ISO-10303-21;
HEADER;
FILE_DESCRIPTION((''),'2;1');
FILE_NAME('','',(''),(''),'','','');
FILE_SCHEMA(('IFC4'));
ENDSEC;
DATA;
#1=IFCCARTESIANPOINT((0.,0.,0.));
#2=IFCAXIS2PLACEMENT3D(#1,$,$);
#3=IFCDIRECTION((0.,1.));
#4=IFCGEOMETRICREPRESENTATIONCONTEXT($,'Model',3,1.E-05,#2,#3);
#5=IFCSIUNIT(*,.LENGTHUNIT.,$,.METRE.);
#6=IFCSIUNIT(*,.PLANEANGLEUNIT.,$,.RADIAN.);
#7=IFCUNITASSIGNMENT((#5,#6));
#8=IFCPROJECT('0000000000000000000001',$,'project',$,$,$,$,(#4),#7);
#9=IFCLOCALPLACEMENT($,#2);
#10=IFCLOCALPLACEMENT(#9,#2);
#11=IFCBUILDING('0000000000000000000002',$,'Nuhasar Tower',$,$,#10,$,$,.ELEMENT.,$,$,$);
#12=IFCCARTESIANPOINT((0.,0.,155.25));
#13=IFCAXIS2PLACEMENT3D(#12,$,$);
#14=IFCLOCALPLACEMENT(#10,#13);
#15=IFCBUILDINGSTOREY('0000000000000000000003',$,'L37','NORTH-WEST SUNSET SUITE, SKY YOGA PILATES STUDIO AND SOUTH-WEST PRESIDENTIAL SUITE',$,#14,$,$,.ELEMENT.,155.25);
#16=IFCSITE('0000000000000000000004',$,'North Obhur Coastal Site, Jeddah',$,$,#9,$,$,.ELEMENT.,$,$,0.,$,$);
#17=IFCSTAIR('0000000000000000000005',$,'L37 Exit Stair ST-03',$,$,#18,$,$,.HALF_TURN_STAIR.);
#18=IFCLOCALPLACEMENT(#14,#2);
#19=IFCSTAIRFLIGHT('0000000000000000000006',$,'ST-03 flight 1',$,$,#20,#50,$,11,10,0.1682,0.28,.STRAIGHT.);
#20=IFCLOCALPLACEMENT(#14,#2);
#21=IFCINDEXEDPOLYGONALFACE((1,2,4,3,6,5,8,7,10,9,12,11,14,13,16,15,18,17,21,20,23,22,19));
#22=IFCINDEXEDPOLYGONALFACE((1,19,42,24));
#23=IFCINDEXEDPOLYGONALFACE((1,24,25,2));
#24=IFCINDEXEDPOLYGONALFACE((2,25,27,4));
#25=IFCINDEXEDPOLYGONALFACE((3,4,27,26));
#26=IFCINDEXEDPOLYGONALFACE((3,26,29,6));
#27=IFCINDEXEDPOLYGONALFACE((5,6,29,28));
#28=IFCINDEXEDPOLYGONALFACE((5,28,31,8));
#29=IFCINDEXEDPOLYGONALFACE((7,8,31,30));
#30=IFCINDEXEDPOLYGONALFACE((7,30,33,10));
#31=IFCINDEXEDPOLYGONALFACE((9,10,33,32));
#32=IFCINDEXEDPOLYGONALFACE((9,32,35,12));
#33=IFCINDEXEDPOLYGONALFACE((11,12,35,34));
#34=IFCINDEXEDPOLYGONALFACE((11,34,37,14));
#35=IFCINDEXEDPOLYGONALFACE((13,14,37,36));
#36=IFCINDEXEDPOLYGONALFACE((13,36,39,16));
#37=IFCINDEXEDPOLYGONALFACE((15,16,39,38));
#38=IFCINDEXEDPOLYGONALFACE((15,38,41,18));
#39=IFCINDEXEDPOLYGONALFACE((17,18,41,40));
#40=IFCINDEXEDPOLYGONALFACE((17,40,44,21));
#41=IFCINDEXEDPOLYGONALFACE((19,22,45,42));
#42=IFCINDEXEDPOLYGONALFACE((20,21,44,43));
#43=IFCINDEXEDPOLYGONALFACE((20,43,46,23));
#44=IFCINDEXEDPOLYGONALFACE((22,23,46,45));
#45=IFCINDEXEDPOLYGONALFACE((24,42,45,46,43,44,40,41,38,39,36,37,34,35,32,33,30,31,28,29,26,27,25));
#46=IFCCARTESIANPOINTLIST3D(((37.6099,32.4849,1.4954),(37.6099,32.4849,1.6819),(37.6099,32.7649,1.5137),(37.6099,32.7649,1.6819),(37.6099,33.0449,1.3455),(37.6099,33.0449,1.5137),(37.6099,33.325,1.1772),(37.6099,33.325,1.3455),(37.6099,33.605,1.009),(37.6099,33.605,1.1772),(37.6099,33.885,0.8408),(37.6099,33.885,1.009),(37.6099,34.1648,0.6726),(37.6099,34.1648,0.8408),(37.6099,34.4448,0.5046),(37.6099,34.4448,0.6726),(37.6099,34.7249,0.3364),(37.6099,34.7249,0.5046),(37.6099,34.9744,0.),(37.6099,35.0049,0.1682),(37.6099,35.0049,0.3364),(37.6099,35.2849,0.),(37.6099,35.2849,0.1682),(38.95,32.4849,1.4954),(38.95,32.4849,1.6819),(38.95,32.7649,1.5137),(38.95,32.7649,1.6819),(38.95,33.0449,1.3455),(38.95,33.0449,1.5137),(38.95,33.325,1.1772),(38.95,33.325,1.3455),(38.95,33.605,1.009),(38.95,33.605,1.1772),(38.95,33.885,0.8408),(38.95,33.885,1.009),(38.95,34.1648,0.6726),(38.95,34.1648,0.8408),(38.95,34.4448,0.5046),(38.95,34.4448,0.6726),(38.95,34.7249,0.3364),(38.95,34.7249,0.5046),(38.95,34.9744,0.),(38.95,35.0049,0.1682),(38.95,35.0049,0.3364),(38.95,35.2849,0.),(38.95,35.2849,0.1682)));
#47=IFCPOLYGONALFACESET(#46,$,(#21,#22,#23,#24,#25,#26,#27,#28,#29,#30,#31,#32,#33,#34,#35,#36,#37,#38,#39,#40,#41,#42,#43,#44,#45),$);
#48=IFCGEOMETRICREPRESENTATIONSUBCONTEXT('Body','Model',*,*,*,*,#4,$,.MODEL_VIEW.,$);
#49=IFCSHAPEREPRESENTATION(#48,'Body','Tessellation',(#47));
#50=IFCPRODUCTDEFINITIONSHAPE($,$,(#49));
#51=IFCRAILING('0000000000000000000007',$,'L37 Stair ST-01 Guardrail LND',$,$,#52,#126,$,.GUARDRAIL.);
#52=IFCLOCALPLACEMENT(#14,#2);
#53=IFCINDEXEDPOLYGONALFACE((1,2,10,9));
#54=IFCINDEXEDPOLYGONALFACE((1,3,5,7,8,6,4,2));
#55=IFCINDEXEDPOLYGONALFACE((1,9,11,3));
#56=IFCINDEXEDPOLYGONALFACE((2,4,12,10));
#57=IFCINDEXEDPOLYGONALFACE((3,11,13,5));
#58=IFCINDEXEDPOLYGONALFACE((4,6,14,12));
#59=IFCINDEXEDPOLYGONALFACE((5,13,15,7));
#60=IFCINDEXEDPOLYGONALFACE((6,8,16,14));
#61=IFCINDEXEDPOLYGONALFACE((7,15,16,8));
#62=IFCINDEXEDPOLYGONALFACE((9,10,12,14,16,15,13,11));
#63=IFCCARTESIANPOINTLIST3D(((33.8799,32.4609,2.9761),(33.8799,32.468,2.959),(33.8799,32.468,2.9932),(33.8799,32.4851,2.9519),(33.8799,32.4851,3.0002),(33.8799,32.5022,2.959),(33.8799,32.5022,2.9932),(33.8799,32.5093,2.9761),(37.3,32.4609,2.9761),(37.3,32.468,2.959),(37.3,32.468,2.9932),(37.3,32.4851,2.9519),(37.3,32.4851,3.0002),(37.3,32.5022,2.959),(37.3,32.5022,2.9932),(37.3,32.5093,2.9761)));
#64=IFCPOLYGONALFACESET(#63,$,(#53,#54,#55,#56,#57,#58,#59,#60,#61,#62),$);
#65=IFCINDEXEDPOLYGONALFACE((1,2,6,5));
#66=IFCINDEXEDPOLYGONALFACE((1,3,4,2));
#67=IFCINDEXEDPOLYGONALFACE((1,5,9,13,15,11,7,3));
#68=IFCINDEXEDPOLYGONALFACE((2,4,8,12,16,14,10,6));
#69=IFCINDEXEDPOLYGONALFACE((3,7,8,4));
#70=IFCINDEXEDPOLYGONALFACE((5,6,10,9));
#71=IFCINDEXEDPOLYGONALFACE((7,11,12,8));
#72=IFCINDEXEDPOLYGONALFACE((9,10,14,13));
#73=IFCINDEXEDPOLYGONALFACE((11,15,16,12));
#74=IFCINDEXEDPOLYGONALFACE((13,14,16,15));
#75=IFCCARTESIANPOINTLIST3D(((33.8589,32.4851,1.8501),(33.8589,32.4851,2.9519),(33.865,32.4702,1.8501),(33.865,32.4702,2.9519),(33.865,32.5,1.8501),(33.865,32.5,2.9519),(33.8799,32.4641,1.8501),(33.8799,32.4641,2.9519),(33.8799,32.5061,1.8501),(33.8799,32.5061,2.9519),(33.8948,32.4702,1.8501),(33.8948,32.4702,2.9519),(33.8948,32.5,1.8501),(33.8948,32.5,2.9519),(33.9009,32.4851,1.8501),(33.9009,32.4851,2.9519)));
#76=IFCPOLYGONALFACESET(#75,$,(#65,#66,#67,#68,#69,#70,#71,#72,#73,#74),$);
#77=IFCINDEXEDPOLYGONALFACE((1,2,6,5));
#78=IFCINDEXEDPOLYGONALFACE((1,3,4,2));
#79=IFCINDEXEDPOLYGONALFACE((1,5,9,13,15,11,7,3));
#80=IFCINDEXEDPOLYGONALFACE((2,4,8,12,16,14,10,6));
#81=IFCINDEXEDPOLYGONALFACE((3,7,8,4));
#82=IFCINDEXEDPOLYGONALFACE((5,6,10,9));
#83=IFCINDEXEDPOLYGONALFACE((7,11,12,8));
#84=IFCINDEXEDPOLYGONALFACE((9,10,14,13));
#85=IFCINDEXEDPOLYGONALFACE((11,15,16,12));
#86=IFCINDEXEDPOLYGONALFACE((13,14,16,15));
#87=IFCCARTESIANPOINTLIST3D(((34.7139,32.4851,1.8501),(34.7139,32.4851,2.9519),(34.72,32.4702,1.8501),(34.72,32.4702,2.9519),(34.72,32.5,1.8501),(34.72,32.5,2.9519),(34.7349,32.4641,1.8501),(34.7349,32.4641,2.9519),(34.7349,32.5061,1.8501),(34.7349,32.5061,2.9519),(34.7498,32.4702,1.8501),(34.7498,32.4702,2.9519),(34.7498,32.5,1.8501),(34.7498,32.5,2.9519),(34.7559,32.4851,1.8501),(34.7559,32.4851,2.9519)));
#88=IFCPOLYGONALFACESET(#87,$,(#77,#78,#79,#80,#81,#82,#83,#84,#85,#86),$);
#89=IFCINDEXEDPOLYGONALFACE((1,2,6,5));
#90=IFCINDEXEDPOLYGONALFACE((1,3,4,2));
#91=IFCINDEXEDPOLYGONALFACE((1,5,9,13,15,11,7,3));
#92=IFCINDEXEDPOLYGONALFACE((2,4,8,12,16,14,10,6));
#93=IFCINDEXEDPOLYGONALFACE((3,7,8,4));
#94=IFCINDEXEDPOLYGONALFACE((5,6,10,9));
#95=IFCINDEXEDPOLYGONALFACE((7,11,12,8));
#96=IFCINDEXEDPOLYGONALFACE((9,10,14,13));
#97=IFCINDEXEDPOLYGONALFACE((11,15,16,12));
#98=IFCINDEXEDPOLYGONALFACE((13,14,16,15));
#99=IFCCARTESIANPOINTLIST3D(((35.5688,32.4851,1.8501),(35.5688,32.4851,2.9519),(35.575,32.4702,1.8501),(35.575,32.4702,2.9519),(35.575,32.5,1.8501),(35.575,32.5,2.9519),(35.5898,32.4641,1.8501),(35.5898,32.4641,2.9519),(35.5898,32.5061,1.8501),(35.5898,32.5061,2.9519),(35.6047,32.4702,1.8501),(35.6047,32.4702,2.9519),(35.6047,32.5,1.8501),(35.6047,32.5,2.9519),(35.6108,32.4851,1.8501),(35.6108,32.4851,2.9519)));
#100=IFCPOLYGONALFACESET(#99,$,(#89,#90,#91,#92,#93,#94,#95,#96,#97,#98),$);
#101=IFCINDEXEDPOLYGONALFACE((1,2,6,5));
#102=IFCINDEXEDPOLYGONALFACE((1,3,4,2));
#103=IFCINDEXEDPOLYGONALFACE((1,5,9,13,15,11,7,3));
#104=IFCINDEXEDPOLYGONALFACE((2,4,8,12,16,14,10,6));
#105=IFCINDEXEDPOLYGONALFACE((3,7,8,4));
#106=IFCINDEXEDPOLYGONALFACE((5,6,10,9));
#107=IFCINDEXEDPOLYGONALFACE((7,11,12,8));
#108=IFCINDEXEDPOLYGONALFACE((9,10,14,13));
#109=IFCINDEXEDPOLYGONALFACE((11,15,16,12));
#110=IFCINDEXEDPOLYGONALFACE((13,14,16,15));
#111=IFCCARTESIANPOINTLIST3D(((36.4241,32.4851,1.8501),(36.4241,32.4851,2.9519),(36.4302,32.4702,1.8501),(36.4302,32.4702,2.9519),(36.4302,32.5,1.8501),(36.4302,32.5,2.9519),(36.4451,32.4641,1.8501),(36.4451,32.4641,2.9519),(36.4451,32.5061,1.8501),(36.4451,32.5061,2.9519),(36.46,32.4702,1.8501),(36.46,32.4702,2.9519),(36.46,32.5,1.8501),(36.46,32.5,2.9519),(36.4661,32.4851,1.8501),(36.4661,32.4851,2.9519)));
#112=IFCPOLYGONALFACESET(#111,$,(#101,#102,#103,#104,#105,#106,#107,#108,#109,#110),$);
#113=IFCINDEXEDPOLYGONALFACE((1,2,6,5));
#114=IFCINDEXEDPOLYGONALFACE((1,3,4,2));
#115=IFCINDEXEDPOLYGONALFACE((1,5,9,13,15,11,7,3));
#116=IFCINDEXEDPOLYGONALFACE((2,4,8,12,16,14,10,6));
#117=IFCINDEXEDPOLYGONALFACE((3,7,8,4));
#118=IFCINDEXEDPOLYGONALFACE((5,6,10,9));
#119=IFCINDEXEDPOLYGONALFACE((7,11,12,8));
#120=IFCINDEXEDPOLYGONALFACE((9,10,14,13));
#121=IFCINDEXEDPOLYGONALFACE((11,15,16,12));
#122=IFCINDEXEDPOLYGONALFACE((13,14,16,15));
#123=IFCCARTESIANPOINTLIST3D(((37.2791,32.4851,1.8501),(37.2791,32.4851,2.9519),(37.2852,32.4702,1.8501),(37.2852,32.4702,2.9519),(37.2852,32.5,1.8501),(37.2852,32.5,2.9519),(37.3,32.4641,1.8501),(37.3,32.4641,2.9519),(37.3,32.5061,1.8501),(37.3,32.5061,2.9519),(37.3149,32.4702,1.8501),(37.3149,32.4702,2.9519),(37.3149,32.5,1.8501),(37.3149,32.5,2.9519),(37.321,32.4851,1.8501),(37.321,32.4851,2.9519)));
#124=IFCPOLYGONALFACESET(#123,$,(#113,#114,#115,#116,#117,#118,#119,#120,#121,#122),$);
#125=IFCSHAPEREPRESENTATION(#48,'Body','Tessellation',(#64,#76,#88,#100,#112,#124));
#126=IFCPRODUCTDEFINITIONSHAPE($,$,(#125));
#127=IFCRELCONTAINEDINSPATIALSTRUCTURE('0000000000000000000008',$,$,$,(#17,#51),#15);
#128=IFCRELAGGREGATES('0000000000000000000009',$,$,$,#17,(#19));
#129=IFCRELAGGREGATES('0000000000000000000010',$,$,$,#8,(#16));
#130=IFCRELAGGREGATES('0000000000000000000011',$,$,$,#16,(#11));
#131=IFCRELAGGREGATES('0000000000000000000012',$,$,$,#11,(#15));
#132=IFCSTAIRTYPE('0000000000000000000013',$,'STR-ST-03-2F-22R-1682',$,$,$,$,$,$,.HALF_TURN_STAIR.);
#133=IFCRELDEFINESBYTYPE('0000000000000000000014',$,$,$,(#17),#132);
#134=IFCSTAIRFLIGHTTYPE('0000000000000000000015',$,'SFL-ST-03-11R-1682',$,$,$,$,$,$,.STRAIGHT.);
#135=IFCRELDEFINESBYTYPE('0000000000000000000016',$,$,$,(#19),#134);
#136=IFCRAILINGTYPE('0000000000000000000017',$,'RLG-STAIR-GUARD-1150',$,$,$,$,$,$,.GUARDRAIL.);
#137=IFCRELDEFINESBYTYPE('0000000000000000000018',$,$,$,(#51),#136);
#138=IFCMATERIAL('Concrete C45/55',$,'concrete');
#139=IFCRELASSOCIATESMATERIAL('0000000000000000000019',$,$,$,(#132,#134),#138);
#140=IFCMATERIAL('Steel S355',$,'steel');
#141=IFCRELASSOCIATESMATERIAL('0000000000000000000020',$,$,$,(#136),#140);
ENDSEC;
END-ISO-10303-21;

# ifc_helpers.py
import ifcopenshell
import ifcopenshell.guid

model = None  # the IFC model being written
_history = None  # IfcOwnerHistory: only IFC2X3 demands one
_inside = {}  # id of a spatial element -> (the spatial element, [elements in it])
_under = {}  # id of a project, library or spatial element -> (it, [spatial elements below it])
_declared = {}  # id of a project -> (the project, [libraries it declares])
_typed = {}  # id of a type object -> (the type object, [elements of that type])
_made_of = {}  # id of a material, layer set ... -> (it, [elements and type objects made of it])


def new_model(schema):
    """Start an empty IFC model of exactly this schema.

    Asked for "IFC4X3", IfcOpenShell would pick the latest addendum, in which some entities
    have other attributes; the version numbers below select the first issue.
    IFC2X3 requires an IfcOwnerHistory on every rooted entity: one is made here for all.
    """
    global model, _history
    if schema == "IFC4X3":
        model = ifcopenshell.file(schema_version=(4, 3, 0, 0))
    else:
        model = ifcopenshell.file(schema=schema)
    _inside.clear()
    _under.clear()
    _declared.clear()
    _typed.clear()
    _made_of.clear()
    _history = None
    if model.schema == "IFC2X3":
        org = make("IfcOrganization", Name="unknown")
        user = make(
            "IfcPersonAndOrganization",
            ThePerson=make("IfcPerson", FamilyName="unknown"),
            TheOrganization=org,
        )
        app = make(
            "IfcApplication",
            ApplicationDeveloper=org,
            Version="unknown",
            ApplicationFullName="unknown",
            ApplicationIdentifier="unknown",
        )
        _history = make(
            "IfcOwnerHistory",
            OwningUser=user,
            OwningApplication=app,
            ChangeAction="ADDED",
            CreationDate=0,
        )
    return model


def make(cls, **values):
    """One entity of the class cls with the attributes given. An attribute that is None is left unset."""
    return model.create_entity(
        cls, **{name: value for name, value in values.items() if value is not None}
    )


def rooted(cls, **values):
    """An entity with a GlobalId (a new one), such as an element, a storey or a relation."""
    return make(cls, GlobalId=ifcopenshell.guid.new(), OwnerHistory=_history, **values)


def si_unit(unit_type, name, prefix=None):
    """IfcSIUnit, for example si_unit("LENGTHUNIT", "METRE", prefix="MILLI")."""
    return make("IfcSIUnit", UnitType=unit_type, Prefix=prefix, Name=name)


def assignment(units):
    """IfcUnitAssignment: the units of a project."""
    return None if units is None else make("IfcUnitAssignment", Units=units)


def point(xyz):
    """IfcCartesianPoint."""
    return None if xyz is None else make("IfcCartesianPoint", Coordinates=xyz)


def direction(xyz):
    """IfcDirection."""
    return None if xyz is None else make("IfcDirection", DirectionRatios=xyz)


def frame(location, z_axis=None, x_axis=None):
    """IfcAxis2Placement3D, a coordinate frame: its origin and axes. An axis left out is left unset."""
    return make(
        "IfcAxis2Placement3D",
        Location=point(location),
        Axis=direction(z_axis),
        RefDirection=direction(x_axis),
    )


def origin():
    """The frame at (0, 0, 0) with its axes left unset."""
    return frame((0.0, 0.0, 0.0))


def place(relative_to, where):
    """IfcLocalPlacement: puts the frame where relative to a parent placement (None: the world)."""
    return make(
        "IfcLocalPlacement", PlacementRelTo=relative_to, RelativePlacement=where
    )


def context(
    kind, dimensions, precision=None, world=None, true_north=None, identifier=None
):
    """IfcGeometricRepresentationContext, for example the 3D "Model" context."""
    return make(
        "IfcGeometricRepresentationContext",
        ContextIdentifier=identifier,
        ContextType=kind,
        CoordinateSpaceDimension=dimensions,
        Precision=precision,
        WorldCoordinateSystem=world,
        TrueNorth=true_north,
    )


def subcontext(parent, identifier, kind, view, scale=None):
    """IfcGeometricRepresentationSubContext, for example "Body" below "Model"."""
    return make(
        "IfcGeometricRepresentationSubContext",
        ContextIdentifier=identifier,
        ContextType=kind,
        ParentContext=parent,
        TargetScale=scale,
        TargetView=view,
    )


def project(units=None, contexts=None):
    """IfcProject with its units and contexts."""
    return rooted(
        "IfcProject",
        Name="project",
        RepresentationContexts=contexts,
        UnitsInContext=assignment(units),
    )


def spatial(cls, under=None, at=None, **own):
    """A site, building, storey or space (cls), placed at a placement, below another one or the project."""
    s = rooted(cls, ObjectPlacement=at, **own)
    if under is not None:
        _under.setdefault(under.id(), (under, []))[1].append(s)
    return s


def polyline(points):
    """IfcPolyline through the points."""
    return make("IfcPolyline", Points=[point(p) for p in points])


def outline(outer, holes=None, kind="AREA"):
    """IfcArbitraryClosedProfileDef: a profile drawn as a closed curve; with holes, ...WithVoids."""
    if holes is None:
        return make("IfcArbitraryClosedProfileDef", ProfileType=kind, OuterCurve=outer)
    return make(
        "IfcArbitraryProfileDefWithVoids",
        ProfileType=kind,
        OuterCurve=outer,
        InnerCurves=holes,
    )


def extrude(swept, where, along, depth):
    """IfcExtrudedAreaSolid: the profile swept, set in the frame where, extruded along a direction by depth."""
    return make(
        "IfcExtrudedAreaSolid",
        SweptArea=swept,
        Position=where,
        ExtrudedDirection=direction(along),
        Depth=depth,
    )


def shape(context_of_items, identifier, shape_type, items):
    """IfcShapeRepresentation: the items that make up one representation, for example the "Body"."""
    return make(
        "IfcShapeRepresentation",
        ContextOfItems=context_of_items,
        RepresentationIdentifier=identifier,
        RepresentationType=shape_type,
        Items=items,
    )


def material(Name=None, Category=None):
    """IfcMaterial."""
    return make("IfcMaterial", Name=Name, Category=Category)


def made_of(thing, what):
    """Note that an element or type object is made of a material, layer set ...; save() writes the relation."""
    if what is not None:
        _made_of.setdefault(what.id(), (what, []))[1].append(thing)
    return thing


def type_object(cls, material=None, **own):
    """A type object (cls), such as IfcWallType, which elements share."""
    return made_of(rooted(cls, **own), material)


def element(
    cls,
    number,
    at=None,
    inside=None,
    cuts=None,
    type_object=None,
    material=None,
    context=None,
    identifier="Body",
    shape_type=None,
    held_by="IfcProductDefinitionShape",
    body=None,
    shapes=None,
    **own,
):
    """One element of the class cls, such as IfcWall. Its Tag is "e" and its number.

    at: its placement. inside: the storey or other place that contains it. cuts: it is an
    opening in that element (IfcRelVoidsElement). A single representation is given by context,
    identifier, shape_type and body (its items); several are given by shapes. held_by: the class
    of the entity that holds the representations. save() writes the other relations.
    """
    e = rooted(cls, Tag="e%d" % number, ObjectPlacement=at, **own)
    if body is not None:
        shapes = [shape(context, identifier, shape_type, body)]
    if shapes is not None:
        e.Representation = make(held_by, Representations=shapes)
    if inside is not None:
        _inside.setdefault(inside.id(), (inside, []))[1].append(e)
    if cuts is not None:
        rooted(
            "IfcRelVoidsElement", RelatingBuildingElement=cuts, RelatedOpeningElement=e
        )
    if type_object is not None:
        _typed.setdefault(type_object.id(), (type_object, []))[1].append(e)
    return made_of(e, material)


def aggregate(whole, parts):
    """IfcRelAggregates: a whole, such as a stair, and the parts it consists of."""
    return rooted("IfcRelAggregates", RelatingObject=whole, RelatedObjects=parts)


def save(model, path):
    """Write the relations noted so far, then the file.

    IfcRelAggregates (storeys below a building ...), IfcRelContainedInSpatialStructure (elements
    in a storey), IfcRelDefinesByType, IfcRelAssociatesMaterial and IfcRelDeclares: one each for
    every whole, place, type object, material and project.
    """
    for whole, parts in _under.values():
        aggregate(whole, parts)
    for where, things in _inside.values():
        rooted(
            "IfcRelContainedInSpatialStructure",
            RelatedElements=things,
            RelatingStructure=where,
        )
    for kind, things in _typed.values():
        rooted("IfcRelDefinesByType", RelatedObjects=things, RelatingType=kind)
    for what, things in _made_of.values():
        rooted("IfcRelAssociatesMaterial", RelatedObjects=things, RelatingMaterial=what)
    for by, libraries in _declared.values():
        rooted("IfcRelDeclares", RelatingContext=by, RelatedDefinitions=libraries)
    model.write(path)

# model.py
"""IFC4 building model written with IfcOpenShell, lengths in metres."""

from ifc_helpers import new_model, si_unit, direction, frame, origin, place, context, subcontext, project, spatial, polyline, outline, extrude, material, type_object, element, aggregate, save


model = new_model("IFC4")

# Units and contexts
model_context = context("Model", 3, precision=1e-05, world=origin(), true_north=direction((0.0, 1.0)))
body_context = subcontext(model_context, "Body", "Model", "MODEL_VIEW")
ifc_project = project(units=[si_unit("LENGTHUNIT", "METRE"), si_unit("PLANEANGLEUNIT", "RADIAN")], contexts=[model_context])

# Site, building, storey
site_placement = place(None, origin())
site = spatial("IfcSite", under=ifc_project, at=site_placement, Name="North Obhur Coastal Site, Jeddah", CompositionType="ELEMENT", RefElevation=0.0)
building_placement = place(site_placement, origin())
building = spatial("IfcBuilding", under=site, at=building_placement, Name="Nuhasar Tower", CompositionType="ELEMENT")
storey_placement = place(building_placement, frame((0.0, 0.0, 155.25)))
storey = spatial("IfcBuildingStorey", under=building, at=storey_placement, Name="L37", Description="NORTH-WEST SUNSET SUITE, SKY YOGA PILATES STUDIO AND SOUTH-WEST PRESIDENTIAL SUITE", CompositionType="ELEMENT", Elevation=155.25)

# Shared definitions
ifc_material_1 = material(Name="Steel S355", Category="steel")

# Shared definitions
ifc_material_2 = material(Name="Concrete C45/55", Category="concrete")

# Stair, stair flight
stair_type_1 = type_object("IfcStairType", Name="STR-ST-03-2F-22R-1682", PredefinedType="HALF_TURN_STAIR", material=ifc_material_2)
stair_1_placement = place(storey_placement, origin())
stair_1 = element("IfcStair", 1, at=stair_1_placement, inside=storey, type_object=stair_type_1, Name="L37 Exit Stair ST-03", PredefinedType="HALF_TURN_STAIR")
stair_flight_type_1 = type_object("IfcStairFlightType", Name="SFL-ST-03-11R-1682", PredefinedType="STRAIGHT", material=ifc_material_2)
stair_flight_1_placement = place(storey_placement, frame((38.28, 35.2849, 0.0), z_axis=(0.0, 0.0, 1.0), x_axis=(0.0, -1.0, 0.0)))
stair_flight_1 = element("IfcStairFlight", 2, at=stair_flight_1_placement, type_object=stair_flight_type_1, Name="ST-03 flight 1", NumberOfRisers=11, NumberOfTreads=10, PredefinedType="STRAIGHT", RiserHeight=0.1682, TreadLength=0.28, context=body_context, shape_type="SweptSolid", body=[
    extrude(outline(polyline([(0.0, 0.0), (0.0, 0.1682), (0.28, 0.1682), (0.28, 0.3364), (0.5601, 0.3364), (0.5601, 0.5046), (0.8401, 0.5046), (0.8401, 0.6726), (1.1201, 0.6726), (1.1201, 0.8408), (1.3999, 0.8408), (1.3999, 1.009), (1.6799, 1.009), (1.6799, 1.1772), (1.96, 1.1772), (1.96, 1.3455), (2.24, 1.3455), (2.24, 1.5137), (2.52, 1.5137), (2.52, 1.6819), (2.8, 1.6819), (2.8, 1.8501), (2.8, 1.4954), (0.3105, 0.0), (0.0, 0.0)])), frame((0.0, 0.6699, 0.0), z_axis=(0.0, -1.0, 0.0), x_axis=(1.0, 0.0, 0.0)), (0.0, 0.0, 1.0), 1.3401),
])
aggregate(stair_1, [stair_flight_1])

# Railing
railing_type_1 = type_object("IfcRailingType", Name="RLG-STAIR-GUARD-1150", PredefinedType="GUARDRAIL", material=ifc_material_1)
railing_1_placement = place(storey_placement, frame((33.8799, 32.4851, 1.8501)))
element("IfcRailing", 3, at=railing_1_placement, inside=storey, type_object=railing_type_1, Name="L37 Stair ST-01 Guardrail LND", PredefinedType="GUARDRAIL", context=body_context, shape_type="SweptSolid", body=[
    extrude(outline(polyline([(0.0242, 0.0), (0.0171, 0.0171), (0.0, 0.0242), (-0.0171, 0.0171), (-0.0242, 0.0), (-0.0171, -0.0171), (0.0, -0.0242), (0.0171, -0.0171), (0.0242, 0.0)])), frame((0.0, 0.0, 1.126), z_axis=(1.0, 0.0, 0.0), x_axis=(0.0, 1.0, 0.0)), (0.0, 0.0, 1.0), 3.4202),
    extrude(outline(polyline([(0.021, 0.0), (0.0149, 0.0149), (0.0, 0.021), (-0.0149, 0.0149), (-0.021, 0.0), (-0.0149, -0.0149), (0.0, -0.021), (0.0149, -0.0149), (0.021, 0.0)])), origin(), (0.0, 0.0, 1.0), 1.1018),
    extrude(outline(polyline([(0.021, 0.0), (0.0149, 0.0149), (0.0, 0.021), (-0.0149, 0.0149), (-0.021, 0.0), (-0.0149, -0.0149), (0.0, -0.021), (0.0149, -0.0149), (0.021, 0.0)])), frame((0.855, 0.0, 0.0)), (0.0, 0.0, 1.0), 1.1018),
    extrude(outline(polyline([(0.021, 0.0), (0.0149, 0.0149), (0.0, 0.021), (-0.0149, 0.0149), (-0.021, 0.0), (-0.0149, -0.0149), (0.0, -0.021), (0.0149, -0.0149), (0.021, 0.0)])), frame((1.71, 0.0, 0.0)), (0.0, 0.0, 1.0), 1.1018),
    extrude(outline(polyline([(0.021, 0.0), (0.0149, 0.0149), (0.0, 0.021), (-0.0149, 0.0149), (-0.021, 0.0), (-0.0149, -0.0149), (0.0, -0.021), (0.0149, -0.0149), (0.021, 0.0)])), frame((2.5652, 0.0, 0.0)), (0.0, 0.0, 1.0), 1.1018),
    extrude(outline(polyline([(0.021, 0.0), (0.0149, 0.0149), (0.0, 0.021), (-0.0149, 0.0149), (-0.021, 0.0), (-0.0149, -0.0149), (0.0, -0.021), (0.0149, -0.0149), (0.021, 0.0)])), frame((3.4202, 0.0, 0.0)), (0.0, 0.0, 1.0), 1.1018),
])

save(model, "model.ifc")
